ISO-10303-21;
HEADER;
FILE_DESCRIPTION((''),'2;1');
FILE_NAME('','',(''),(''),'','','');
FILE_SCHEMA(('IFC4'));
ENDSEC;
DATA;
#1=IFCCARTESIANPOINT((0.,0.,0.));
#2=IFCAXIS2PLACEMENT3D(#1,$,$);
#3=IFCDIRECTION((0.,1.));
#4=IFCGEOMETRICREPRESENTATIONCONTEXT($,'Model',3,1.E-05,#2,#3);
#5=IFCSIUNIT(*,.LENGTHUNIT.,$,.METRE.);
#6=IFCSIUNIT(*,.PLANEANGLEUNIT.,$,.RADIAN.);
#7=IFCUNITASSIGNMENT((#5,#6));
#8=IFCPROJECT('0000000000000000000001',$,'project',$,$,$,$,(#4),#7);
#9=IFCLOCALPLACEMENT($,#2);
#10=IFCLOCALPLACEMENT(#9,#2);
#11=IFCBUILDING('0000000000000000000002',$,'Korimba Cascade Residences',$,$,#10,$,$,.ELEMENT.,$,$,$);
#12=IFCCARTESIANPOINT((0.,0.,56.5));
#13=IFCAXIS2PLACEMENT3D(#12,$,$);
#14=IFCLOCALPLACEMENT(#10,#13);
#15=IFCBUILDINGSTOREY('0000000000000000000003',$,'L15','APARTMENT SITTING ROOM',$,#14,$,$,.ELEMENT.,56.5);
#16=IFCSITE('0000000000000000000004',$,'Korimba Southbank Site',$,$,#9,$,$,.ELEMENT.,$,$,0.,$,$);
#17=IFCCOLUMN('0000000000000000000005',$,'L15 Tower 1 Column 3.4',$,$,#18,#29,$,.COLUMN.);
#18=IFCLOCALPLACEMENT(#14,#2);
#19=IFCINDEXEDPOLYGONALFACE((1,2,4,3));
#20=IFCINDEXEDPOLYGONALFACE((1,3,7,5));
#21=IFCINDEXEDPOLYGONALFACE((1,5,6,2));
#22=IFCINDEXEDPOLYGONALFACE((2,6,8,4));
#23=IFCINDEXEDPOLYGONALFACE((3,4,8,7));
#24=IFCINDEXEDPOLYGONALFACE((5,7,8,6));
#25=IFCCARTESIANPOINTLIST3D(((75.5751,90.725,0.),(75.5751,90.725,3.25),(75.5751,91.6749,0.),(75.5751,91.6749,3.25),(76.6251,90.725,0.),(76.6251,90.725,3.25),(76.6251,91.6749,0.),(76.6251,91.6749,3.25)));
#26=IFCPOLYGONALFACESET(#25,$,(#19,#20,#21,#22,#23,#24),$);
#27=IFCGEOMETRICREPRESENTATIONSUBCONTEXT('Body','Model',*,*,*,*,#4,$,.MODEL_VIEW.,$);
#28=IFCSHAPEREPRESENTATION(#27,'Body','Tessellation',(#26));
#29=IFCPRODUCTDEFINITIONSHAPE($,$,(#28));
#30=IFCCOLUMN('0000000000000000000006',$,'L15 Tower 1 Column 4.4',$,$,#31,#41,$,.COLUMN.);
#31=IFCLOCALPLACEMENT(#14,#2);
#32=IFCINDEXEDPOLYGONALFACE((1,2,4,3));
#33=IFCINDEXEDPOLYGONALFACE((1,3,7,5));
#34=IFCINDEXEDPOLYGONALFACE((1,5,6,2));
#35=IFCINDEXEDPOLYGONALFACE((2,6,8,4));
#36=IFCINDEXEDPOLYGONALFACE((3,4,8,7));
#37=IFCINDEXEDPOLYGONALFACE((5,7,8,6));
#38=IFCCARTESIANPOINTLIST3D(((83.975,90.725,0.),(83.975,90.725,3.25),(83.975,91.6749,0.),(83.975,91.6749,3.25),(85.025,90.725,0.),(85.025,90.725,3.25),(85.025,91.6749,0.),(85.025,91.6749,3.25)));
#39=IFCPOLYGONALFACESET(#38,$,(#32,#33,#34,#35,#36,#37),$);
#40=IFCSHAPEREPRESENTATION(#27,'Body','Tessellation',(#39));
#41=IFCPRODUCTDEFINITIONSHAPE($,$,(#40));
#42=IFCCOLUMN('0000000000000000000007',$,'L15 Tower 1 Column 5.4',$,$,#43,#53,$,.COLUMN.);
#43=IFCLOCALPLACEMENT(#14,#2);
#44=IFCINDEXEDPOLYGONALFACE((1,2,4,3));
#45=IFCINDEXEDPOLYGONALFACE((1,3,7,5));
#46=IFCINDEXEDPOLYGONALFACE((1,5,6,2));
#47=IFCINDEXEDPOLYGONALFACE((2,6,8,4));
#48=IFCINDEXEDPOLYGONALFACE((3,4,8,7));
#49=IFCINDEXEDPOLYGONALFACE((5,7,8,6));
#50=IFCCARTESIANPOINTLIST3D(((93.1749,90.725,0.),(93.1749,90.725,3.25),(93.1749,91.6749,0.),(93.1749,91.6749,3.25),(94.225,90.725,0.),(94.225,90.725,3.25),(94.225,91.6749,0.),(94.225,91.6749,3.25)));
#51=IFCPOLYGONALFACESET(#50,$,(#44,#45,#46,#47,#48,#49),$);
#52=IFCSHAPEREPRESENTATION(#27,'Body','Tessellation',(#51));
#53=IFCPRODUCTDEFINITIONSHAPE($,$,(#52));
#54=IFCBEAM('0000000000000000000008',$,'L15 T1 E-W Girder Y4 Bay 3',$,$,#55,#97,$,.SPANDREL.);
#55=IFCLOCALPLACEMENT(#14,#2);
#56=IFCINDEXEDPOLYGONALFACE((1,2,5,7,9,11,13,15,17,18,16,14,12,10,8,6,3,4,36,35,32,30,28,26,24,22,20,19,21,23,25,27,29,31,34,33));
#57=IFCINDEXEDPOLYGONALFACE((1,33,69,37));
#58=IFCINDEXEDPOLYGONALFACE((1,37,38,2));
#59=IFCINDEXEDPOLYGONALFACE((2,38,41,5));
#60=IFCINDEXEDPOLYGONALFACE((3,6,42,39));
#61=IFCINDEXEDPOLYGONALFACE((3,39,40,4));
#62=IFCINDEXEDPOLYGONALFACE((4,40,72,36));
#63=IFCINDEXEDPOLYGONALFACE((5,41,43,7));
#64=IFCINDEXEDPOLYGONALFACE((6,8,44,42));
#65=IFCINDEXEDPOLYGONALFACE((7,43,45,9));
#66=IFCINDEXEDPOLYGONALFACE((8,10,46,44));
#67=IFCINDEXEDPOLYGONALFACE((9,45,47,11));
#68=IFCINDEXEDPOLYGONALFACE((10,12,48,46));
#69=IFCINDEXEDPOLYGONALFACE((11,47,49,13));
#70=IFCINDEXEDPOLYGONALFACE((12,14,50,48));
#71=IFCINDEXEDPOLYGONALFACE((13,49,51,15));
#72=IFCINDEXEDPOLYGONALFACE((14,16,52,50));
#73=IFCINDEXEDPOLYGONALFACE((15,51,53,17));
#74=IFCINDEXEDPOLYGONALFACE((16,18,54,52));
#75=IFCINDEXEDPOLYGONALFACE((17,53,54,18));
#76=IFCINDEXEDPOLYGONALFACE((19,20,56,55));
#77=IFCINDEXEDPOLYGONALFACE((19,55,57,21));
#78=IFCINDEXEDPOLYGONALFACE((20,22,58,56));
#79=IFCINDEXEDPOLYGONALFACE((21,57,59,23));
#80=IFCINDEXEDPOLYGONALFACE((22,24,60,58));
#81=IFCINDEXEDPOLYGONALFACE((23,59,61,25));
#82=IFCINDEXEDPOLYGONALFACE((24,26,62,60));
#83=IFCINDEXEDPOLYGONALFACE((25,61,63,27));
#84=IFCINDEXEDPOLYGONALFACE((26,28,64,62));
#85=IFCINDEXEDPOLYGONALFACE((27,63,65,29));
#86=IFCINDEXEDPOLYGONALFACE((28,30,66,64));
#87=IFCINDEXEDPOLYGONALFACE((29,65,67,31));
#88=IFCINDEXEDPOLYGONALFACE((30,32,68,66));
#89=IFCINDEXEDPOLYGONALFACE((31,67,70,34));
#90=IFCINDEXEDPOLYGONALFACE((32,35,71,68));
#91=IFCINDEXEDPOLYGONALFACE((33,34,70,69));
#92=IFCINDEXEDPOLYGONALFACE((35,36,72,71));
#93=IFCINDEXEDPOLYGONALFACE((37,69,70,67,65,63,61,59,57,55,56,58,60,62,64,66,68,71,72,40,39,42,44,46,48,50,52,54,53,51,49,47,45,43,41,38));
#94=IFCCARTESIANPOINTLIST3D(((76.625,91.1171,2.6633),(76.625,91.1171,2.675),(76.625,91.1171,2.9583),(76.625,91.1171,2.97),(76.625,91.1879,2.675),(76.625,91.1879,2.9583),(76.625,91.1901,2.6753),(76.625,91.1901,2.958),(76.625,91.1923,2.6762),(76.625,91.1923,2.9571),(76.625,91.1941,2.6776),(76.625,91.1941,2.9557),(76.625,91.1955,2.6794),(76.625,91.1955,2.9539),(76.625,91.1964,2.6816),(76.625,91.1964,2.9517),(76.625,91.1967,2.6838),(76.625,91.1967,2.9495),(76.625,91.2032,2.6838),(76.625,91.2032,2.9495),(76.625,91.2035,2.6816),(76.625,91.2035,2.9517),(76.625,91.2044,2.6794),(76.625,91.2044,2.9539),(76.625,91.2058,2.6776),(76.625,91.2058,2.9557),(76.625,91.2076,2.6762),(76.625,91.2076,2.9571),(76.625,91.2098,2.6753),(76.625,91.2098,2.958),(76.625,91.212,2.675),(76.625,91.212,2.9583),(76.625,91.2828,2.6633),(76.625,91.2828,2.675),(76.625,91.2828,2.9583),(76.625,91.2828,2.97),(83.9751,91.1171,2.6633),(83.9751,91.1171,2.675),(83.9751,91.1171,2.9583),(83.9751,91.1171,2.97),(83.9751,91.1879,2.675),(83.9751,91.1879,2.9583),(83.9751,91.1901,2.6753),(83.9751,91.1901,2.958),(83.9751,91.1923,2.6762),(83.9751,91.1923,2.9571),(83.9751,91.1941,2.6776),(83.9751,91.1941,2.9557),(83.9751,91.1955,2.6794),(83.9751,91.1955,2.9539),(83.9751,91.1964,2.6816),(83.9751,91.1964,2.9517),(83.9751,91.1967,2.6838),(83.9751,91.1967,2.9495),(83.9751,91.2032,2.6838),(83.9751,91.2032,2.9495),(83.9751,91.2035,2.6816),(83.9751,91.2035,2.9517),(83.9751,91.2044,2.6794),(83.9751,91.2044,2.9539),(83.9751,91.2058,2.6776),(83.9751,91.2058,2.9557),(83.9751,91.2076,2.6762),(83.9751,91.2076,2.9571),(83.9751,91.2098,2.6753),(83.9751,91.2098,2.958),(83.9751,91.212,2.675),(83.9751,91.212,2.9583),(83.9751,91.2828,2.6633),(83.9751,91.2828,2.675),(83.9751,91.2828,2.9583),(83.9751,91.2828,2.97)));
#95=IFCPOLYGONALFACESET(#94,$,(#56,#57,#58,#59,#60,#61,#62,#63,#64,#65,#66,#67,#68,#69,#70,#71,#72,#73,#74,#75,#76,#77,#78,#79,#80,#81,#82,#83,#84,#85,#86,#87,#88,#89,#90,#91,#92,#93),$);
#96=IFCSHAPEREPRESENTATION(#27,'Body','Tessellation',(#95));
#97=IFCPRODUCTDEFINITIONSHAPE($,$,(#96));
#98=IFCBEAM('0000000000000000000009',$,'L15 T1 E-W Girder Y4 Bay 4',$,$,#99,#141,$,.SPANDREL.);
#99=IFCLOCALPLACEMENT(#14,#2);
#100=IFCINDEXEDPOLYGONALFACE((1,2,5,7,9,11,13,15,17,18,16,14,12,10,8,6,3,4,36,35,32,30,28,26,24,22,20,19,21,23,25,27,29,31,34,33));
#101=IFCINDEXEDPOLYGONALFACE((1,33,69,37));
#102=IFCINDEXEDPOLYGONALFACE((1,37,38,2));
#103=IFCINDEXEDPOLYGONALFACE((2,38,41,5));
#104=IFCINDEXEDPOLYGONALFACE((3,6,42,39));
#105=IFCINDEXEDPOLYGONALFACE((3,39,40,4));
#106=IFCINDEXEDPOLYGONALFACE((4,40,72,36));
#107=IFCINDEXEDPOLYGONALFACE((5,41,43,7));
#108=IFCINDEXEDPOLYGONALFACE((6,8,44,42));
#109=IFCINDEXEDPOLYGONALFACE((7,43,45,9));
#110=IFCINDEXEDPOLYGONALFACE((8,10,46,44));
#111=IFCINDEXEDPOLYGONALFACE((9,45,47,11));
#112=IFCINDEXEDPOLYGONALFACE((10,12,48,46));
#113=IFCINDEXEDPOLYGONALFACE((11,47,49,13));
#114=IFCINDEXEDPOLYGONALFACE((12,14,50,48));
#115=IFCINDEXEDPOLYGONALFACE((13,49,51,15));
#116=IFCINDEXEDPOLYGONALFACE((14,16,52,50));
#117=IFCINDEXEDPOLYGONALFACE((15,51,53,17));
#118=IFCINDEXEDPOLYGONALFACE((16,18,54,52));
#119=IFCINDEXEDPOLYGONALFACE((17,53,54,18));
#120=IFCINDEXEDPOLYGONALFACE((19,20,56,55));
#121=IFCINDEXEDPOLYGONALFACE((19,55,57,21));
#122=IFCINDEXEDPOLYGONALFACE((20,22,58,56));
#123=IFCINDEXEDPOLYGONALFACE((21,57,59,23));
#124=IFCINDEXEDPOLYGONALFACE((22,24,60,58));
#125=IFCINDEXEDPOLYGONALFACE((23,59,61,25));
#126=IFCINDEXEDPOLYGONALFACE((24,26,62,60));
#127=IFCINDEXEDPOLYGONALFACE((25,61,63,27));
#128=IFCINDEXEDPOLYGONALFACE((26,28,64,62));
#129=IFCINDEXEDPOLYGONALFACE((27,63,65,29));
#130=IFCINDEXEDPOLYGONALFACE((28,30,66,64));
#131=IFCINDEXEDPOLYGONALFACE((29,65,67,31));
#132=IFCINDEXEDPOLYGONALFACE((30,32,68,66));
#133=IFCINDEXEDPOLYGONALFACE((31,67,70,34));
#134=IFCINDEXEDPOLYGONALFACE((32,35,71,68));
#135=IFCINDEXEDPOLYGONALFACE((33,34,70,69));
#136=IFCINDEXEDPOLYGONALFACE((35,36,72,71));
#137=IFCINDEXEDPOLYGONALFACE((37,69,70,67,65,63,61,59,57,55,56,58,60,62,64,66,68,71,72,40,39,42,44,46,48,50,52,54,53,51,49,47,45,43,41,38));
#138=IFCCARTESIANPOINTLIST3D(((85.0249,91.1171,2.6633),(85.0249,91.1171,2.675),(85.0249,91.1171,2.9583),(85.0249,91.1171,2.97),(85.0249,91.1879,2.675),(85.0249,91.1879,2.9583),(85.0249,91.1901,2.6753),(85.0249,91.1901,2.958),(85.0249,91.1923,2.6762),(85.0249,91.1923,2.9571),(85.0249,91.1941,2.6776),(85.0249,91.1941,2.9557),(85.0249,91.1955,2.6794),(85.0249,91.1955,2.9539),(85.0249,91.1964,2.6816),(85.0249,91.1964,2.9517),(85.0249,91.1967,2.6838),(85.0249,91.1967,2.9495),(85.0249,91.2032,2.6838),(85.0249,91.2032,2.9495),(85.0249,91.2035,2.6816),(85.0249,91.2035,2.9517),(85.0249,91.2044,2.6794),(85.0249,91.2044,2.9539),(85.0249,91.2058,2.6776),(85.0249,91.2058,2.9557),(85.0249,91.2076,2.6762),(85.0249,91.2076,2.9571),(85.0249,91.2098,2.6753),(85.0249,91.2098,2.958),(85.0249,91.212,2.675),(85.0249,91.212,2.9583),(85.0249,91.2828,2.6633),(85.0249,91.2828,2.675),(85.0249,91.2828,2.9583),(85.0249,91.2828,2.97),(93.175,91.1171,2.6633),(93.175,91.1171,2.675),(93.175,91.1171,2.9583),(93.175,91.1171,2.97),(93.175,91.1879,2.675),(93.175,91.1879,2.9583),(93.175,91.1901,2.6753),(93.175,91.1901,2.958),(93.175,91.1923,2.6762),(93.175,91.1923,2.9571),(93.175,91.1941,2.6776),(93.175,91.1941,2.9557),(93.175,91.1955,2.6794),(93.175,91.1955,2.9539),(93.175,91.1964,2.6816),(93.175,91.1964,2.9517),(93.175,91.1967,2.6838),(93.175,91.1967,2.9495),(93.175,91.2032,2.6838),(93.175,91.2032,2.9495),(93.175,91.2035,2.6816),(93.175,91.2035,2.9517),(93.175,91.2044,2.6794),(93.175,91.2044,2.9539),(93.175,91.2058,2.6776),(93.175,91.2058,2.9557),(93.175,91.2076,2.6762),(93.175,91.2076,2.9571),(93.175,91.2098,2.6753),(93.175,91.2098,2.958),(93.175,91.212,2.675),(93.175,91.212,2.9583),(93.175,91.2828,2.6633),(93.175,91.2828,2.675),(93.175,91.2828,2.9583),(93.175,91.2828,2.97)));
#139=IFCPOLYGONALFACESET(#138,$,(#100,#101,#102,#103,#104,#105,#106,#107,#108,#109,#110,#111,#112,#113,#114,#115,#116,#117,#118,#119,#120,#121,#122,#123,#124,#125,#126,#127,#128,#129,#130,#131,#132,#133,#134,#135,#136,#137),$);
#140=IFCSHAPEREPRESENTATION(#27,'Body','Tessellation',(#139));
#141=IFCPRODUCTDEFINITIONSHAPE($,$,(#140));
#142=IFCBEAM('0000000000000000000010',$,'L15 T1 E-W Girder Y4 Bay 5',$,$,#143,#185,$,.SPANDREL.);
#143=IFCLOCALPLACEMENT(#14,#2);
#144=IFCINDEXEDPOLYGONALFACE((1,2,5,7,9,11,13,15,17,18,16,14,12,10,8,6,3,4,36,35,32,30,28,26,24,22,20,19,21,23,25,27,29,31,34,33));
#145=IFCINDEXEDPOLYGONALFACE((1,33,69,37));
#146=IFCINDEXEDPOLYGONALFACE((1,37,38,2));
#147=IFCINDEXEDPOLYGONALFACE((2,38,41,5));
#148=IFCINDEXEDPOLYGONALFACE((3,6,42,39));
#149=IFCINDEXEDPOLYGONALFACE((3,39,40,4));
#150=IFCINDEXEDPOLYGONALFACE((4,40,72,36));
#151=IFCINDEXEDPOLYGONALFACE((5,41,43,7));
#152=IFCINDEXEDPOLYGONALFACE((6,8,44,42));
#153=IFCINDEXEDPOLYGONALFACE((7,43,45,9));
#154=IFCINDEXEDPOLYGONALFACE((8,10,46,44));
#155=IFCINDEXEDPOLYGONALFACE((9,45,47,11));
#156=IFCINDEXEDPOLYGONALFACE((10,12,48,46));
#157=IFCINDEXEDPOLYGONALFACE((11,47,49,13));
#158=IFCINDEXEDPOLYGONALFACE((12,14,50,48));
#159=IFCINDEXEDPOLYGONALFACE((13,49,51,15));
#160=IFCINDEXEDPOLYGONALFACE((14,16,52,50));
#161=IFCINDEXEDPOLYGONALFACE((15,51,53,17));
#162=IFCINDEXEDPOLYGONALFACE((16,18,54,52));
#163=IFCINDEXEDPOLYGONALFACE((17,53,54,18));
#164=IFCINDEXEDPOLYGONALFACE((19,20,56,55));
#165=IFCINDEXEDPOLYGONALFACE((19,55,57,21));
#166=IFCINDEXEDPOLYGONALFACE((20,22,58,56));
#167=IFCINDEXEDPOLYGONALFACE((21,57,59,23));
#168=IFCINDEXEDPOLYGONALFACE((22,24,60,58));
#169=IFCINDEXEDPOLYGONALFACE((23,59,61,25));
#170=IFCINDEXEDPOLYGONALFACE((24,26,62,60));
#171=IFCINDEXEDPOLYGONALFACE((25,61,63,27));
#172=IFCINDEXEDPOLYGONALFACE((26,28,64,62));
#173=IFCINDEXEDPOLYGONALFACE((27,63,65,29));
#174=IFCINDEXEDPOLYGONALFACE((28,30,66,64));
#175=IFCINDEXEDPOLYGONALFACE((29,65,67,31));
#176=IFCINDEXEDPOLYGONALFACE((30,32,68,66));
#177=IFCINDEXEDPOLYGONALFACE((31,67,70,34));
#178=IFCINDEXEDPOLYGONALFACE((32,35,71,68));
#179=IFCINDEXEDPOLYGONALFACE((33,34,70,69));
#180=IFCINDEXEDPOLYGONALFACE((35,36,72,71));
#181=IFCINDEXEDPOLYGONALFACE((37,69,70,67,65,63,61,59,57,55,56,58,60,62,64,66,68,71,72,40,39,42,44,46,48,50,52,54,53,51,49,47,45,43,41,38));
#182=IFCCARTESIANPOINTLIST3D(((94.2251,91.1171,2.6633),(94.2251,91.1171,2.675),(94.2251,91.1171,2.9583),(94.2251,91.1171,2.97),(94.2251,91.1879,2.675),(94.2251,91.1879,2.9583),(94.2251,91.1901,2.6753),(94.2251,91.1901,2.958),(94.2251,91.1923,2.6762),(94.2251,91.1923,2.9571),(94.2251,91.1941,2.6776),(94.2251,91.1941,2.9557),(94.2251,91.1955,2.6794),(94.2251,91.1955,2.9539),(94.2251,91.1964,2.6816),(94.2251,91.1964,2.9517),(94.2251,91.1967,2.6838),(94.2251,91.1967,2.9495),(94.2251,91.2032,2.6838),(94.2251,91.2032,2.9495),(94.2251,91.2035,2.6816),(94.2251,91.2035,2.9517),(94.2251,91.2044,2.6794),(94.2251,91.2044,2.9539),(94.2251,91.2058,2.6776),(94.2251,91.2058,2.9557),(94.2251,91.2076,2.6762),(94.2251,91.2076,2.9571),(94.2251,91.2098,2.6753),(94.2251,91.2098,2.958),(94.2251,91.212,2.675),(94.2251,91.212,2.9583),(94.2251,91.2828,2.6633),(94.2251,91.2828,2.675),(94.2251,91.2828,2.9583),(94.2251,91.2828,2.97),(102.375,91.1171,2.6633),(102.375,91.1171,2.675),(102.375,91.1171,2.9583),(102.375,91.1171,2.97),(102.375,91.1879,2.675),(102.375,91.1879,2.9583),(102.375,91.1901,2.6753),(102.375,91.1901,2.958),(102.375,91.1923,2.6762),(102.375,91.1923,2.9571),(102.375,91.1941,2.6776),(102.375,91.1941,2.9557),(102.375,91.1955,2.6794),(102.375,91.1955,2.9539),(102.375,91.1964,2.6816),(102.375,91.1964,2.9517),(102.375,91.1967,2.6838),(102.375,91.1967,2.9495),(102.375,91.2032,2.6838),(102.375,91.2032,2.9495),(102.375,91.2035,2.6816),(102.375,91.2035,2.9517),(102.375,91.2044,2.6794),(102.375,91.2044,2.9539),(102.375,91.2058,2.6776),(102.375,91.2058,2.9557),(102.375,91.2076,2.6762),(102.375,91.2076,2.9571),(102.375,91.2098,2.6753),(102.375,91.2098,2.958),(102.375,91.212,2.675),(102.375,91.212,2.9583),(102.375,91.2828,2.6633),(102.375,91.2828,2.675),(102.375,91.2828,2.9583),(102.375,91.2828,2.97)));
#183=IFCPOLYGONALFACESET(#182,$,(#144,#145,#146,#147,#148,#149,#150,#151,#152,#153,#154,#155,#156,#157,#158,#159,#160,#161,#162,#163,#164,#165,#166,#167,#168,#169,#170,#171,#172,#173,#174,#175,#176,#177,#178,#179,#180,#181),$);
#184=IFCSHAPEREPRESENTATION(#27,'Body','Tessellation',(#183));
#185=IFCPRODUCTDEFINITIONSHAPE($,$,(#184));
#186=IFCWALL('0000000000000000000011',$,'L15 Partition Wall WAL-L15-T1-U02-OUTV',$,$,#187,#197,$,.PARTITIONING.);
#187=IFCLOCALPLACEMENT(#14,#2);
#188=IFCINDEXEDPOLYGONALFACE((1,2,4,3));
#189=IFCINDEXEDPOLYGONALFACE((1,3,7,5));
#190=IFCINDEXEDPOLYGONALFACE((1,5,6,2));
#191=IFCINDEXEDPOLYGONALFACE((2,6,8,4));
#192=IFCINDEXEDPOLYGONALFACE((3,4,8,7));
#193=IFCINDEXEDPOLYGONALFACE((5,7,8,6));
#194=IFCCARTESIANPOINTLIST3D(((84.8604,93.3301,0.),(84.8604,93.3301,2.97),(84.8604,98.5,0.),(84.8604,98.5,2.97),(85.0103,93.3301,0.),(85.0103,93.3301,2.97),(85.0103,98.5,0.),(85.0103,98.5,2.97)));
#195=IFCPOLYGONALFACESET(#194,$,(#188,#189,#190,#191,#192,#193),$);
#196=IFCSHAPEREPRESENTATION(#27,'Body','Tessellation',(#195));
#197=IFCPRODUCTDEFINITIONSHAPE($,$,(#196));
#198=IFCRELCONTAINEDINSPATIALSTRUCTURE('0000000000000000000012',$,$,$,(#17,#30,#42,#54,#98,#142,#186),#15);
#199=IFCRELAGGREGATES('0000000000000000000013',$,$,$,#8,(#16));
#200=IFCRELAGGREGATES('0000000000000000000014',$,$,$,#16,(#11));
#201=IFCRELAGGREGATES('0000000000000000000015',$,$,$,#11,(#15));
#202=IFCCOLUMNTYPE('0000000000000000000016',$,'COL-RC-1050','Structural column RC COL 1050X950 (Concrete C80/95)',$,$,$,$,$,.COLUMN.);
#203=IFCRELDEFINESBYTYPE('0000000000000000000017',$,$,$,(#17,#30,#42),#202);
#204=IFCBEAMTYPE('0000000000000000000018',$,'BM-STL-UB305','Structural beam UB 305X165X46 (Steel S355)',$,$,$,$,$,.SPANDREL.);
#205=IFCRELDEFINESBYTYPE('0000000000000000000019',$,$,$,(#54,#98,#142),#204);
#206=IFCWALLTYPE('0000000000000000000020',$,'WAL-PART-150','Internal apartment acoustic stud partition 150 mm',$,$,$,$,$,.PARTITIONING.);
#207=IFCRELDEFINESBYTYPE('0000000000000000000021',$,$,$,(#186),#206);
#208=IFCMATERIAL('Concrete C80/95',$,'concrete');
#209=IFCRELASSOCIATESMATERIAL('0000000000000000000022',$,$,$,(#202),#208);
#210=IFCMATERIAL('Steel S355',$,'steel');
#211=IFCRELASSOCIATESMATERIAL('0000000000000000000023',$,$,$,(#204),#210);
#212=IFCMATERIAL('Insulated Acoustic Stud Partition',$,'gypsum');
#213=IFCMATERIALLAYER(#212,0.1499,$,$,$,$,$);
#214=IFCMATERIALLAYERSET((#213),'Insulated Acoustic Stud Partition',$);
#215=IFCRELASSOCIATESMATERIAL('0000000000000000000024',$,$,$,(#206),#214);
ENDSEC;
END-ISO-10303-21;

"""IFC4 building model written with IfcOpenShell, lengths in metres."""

from ifc_helpers import new_model, si_unit, direction, frame, frame_2d, origin, origin_2d, place, context, subcontext, project, spatial, rectangle, i_section, extrude, material, layer, layer_set, material_profile, profile_set, type_object, element, save


model = new_model("IFC4")

# Units and contexts
model_context = context("Model", 3, precision=1e-05, world=origin(), true_north=direction((0.0, 1.0)))
body_context = subcontext(model_context, "Body", "Model", "MODEL_VIEW")
ifc_project = project(units=[si_unit("LENGTHUNIT", "METRE"), si_unit("PLANEANGLEUNIT", "RADIAN")], contexts=[model_context])

# Site, building, storey
site_placement = place(None, origin())
site = spatial("IfcSite", under=ifc_project, at=site_placement, Name="Korimba Southbank Site", CompositionType="ELEMENT", RefElevation=0.0)
building_placement = place(site_placement, origin())
building = spatial("IfcBuilding", under=site, at=building_placement, Name="Korimba Cascade Residences", CompositionType="ELEMENT")
storey_placement = place(building_placement, frame((0.0, 0.0, 56.5)))
storey = spatial("IfcBuildingStorey", under=building, at=storey_placement, Name="L15", Description="APARTMENT SITTING ROOM", CompositionType="ELEMENT", Elevation=56.5)

# Columns
ifc_material_1 = material(Name="Concrete C80/95", Category="concrete")
ifc_material_profile_1 = material_profile(ifc_material_1, rectangle(XDim=1.05, YDim=0.95, at=origin_2d()), Name="Concrete C80/95")
ifc_profile_set_1 = profile_set([ifc_material_profile_1], Name="Concrete C80/95")
column_type = type_object("IfcColumnType", Name="COL-RC-1050", Description="Structural column RC COL 1050X950 (Concrete C80/95)", PredefinedType="COLUMN", material=ifc_profile_set_1)
for number, where, z_axis, x_axis, name in (
    (1, (76.1001, 91.2, 0.0), (0.0, 0.0, 1.0), (1.0, 0.0, 0.0), "L15 Tower 1 Column 3.4"),
    (2, (84.5, 91.2, 0.0), (0.0, 0.0, 1.0), (1.0, 0.0, 0.0), "L15 Tower 1 Column 4.4"),
    (3, (93.7, 91.2, 0.0), (0.0, 0.0, 1.0), (1.0, 0.0, 0.0), "L15 Tower 1 Column 5.4"),
):
    element("IfcColumn", number, at=place(storey_placement, frame(where, z_axis=z_axis, x_axis=x_axis)), inside=storey, type_object=column_type, Name=name, PredefinedType="COLUMN", context=body_context, shape_type="SweptSolid", body=[
        extrude(rectangle(XDim=1.05, YDim=0.95, at=origin_2d()), origin(), (0.0, 0.0, 1.0), 3.25),
    ])

# Beams
ifc_material_2 = material(Name="Steel S355", Category="steel")
ifc_material_profile_2 = material_profile(ifc_material_2, i_section(OverallWidth=0.1658, OverallDepth=0.3066, WebThickness=0.0066, FlangeThickness=0.0117, FilletRadius=0.0088, at=origin_2d()), Name="Steel S355")
ifc_profile_set_2 = profile_set([ifc_material_profile_2], Name="Steel S355")
beam_type = type_object("IfcBeamType", Name="BM-STL-UB305", Description="Structural beam UB 305X165X46 (Steel S355)", PredefinedType="SPANDREL", material=ifc_profile_set_2)
beam_1_placement = place(storey_placement, frame((76.625, 91.2, 2.8167), z_axis=(1.0, 0.0, 0.0), x_axis=(0.0, 1.0, 0.0)))
element("IfcBeam", 4, at=beam_1_placement, inside=storey, type_object=beam_type, Name="L15 T1 E-W Girder Y4 Bay 3", PredefinedType="SPANDREL", context=body_context, shape_type="SweptSolid", body=[
    extrude(i_section(OverallWidth=0.1658, OverallDepth=0.3066, WebThickness=0.0066, FlangeThickness=0.0117, FilletRadius=0.0088, at=origin_2d()), origin(), (0.0, 0.0, 1.0), 7.3501),
])
beam_2_placement = place(storey_placement, frame((85.0249, 91.2, 2.8167), z_axis=(1.0, 0.0, 0.0), x_axis=(0.0, 1.0, 0.0)))
element("IfcBeam", 5, at=beam_2_placement, inside=storey, type_object=beam_type, Name="L15 T1 E-W Girder Y4 Bay 4", PredefinedType="SPANDREL", context=body_context, shape_type="SweptSolid", body=[
    extrude(i_section(OverallWidth=0.1658, OverallDepth=0.3066, WebThickness=0.0066, FlangeThickness=0.0117, FilletRadius=0.0088, at=origin_2d()), origin(), (0.0, 0.0, 1.0), 8.1501),
])
beam_3_placement = place(storey_placement, frame((94.2251, 91.2, 2.8167), z_axis=(1.0, 0.0, 0.0), x_axis=(0.0, 1.0, 0.0)))
element("IfcBeam", 6, at=beam_3_placement, inside=storey, type_object=beam_type, Name="L15 T1 E-W Girder Y4 Bay 5", PredefinedType="SPANDREL", context=body_context, shape_type="SweptSolid", body=[
    extrude(i_section(OverallWidth=0.1658, OverallDepth=0.3066, WebThickness=0.0066, FlangeThickness=0.0117, FilletRadius=0.0088, at=origin_2d()), origin(), (0.0, 0.0, 1.0), 8.1499),
])

# Wall
ifc_material_3 = material(Name="Insulated Acoustic Stud Partition", Category="gypsum")
ifc_layer = layer(ifc_material_3, 0.1499)
ifc_layer_set = layer_set([ifc_layer], Name="Insulated Acoustic Stud Partition")
wall_type = type_object("IfcWallType", Name="WAL-PART-150", Description="Internal apartment acoustic stud partition 150 mm", PredefinedType="PARTITIONING", material=ifc_layer_set)
wall_1_placement = place(storey_placement, frame((84.9353, 93.3301, 0.0), z_axis=(0.0, 0.0, 1.0), x_axis=(0.0, 1.0, 0.0)))
element("IfcWall", 7, at=wall_1_placement, inside=storey, type_object=wall_type, Name="L15 Partition Wall WAL-L15-T1-U02-OUTV", PredefinedType="PARTITIONING", context=body_context, shape_type="SweptSolid", body=[
    extrude(rectangle(XDim=5.1699, YDim=0.1499, at=frame_2d((2.585, 0.0))), origin(), (0.0, 0.0, 1.0), 2.97),
])

save(model, "model.ifc")
